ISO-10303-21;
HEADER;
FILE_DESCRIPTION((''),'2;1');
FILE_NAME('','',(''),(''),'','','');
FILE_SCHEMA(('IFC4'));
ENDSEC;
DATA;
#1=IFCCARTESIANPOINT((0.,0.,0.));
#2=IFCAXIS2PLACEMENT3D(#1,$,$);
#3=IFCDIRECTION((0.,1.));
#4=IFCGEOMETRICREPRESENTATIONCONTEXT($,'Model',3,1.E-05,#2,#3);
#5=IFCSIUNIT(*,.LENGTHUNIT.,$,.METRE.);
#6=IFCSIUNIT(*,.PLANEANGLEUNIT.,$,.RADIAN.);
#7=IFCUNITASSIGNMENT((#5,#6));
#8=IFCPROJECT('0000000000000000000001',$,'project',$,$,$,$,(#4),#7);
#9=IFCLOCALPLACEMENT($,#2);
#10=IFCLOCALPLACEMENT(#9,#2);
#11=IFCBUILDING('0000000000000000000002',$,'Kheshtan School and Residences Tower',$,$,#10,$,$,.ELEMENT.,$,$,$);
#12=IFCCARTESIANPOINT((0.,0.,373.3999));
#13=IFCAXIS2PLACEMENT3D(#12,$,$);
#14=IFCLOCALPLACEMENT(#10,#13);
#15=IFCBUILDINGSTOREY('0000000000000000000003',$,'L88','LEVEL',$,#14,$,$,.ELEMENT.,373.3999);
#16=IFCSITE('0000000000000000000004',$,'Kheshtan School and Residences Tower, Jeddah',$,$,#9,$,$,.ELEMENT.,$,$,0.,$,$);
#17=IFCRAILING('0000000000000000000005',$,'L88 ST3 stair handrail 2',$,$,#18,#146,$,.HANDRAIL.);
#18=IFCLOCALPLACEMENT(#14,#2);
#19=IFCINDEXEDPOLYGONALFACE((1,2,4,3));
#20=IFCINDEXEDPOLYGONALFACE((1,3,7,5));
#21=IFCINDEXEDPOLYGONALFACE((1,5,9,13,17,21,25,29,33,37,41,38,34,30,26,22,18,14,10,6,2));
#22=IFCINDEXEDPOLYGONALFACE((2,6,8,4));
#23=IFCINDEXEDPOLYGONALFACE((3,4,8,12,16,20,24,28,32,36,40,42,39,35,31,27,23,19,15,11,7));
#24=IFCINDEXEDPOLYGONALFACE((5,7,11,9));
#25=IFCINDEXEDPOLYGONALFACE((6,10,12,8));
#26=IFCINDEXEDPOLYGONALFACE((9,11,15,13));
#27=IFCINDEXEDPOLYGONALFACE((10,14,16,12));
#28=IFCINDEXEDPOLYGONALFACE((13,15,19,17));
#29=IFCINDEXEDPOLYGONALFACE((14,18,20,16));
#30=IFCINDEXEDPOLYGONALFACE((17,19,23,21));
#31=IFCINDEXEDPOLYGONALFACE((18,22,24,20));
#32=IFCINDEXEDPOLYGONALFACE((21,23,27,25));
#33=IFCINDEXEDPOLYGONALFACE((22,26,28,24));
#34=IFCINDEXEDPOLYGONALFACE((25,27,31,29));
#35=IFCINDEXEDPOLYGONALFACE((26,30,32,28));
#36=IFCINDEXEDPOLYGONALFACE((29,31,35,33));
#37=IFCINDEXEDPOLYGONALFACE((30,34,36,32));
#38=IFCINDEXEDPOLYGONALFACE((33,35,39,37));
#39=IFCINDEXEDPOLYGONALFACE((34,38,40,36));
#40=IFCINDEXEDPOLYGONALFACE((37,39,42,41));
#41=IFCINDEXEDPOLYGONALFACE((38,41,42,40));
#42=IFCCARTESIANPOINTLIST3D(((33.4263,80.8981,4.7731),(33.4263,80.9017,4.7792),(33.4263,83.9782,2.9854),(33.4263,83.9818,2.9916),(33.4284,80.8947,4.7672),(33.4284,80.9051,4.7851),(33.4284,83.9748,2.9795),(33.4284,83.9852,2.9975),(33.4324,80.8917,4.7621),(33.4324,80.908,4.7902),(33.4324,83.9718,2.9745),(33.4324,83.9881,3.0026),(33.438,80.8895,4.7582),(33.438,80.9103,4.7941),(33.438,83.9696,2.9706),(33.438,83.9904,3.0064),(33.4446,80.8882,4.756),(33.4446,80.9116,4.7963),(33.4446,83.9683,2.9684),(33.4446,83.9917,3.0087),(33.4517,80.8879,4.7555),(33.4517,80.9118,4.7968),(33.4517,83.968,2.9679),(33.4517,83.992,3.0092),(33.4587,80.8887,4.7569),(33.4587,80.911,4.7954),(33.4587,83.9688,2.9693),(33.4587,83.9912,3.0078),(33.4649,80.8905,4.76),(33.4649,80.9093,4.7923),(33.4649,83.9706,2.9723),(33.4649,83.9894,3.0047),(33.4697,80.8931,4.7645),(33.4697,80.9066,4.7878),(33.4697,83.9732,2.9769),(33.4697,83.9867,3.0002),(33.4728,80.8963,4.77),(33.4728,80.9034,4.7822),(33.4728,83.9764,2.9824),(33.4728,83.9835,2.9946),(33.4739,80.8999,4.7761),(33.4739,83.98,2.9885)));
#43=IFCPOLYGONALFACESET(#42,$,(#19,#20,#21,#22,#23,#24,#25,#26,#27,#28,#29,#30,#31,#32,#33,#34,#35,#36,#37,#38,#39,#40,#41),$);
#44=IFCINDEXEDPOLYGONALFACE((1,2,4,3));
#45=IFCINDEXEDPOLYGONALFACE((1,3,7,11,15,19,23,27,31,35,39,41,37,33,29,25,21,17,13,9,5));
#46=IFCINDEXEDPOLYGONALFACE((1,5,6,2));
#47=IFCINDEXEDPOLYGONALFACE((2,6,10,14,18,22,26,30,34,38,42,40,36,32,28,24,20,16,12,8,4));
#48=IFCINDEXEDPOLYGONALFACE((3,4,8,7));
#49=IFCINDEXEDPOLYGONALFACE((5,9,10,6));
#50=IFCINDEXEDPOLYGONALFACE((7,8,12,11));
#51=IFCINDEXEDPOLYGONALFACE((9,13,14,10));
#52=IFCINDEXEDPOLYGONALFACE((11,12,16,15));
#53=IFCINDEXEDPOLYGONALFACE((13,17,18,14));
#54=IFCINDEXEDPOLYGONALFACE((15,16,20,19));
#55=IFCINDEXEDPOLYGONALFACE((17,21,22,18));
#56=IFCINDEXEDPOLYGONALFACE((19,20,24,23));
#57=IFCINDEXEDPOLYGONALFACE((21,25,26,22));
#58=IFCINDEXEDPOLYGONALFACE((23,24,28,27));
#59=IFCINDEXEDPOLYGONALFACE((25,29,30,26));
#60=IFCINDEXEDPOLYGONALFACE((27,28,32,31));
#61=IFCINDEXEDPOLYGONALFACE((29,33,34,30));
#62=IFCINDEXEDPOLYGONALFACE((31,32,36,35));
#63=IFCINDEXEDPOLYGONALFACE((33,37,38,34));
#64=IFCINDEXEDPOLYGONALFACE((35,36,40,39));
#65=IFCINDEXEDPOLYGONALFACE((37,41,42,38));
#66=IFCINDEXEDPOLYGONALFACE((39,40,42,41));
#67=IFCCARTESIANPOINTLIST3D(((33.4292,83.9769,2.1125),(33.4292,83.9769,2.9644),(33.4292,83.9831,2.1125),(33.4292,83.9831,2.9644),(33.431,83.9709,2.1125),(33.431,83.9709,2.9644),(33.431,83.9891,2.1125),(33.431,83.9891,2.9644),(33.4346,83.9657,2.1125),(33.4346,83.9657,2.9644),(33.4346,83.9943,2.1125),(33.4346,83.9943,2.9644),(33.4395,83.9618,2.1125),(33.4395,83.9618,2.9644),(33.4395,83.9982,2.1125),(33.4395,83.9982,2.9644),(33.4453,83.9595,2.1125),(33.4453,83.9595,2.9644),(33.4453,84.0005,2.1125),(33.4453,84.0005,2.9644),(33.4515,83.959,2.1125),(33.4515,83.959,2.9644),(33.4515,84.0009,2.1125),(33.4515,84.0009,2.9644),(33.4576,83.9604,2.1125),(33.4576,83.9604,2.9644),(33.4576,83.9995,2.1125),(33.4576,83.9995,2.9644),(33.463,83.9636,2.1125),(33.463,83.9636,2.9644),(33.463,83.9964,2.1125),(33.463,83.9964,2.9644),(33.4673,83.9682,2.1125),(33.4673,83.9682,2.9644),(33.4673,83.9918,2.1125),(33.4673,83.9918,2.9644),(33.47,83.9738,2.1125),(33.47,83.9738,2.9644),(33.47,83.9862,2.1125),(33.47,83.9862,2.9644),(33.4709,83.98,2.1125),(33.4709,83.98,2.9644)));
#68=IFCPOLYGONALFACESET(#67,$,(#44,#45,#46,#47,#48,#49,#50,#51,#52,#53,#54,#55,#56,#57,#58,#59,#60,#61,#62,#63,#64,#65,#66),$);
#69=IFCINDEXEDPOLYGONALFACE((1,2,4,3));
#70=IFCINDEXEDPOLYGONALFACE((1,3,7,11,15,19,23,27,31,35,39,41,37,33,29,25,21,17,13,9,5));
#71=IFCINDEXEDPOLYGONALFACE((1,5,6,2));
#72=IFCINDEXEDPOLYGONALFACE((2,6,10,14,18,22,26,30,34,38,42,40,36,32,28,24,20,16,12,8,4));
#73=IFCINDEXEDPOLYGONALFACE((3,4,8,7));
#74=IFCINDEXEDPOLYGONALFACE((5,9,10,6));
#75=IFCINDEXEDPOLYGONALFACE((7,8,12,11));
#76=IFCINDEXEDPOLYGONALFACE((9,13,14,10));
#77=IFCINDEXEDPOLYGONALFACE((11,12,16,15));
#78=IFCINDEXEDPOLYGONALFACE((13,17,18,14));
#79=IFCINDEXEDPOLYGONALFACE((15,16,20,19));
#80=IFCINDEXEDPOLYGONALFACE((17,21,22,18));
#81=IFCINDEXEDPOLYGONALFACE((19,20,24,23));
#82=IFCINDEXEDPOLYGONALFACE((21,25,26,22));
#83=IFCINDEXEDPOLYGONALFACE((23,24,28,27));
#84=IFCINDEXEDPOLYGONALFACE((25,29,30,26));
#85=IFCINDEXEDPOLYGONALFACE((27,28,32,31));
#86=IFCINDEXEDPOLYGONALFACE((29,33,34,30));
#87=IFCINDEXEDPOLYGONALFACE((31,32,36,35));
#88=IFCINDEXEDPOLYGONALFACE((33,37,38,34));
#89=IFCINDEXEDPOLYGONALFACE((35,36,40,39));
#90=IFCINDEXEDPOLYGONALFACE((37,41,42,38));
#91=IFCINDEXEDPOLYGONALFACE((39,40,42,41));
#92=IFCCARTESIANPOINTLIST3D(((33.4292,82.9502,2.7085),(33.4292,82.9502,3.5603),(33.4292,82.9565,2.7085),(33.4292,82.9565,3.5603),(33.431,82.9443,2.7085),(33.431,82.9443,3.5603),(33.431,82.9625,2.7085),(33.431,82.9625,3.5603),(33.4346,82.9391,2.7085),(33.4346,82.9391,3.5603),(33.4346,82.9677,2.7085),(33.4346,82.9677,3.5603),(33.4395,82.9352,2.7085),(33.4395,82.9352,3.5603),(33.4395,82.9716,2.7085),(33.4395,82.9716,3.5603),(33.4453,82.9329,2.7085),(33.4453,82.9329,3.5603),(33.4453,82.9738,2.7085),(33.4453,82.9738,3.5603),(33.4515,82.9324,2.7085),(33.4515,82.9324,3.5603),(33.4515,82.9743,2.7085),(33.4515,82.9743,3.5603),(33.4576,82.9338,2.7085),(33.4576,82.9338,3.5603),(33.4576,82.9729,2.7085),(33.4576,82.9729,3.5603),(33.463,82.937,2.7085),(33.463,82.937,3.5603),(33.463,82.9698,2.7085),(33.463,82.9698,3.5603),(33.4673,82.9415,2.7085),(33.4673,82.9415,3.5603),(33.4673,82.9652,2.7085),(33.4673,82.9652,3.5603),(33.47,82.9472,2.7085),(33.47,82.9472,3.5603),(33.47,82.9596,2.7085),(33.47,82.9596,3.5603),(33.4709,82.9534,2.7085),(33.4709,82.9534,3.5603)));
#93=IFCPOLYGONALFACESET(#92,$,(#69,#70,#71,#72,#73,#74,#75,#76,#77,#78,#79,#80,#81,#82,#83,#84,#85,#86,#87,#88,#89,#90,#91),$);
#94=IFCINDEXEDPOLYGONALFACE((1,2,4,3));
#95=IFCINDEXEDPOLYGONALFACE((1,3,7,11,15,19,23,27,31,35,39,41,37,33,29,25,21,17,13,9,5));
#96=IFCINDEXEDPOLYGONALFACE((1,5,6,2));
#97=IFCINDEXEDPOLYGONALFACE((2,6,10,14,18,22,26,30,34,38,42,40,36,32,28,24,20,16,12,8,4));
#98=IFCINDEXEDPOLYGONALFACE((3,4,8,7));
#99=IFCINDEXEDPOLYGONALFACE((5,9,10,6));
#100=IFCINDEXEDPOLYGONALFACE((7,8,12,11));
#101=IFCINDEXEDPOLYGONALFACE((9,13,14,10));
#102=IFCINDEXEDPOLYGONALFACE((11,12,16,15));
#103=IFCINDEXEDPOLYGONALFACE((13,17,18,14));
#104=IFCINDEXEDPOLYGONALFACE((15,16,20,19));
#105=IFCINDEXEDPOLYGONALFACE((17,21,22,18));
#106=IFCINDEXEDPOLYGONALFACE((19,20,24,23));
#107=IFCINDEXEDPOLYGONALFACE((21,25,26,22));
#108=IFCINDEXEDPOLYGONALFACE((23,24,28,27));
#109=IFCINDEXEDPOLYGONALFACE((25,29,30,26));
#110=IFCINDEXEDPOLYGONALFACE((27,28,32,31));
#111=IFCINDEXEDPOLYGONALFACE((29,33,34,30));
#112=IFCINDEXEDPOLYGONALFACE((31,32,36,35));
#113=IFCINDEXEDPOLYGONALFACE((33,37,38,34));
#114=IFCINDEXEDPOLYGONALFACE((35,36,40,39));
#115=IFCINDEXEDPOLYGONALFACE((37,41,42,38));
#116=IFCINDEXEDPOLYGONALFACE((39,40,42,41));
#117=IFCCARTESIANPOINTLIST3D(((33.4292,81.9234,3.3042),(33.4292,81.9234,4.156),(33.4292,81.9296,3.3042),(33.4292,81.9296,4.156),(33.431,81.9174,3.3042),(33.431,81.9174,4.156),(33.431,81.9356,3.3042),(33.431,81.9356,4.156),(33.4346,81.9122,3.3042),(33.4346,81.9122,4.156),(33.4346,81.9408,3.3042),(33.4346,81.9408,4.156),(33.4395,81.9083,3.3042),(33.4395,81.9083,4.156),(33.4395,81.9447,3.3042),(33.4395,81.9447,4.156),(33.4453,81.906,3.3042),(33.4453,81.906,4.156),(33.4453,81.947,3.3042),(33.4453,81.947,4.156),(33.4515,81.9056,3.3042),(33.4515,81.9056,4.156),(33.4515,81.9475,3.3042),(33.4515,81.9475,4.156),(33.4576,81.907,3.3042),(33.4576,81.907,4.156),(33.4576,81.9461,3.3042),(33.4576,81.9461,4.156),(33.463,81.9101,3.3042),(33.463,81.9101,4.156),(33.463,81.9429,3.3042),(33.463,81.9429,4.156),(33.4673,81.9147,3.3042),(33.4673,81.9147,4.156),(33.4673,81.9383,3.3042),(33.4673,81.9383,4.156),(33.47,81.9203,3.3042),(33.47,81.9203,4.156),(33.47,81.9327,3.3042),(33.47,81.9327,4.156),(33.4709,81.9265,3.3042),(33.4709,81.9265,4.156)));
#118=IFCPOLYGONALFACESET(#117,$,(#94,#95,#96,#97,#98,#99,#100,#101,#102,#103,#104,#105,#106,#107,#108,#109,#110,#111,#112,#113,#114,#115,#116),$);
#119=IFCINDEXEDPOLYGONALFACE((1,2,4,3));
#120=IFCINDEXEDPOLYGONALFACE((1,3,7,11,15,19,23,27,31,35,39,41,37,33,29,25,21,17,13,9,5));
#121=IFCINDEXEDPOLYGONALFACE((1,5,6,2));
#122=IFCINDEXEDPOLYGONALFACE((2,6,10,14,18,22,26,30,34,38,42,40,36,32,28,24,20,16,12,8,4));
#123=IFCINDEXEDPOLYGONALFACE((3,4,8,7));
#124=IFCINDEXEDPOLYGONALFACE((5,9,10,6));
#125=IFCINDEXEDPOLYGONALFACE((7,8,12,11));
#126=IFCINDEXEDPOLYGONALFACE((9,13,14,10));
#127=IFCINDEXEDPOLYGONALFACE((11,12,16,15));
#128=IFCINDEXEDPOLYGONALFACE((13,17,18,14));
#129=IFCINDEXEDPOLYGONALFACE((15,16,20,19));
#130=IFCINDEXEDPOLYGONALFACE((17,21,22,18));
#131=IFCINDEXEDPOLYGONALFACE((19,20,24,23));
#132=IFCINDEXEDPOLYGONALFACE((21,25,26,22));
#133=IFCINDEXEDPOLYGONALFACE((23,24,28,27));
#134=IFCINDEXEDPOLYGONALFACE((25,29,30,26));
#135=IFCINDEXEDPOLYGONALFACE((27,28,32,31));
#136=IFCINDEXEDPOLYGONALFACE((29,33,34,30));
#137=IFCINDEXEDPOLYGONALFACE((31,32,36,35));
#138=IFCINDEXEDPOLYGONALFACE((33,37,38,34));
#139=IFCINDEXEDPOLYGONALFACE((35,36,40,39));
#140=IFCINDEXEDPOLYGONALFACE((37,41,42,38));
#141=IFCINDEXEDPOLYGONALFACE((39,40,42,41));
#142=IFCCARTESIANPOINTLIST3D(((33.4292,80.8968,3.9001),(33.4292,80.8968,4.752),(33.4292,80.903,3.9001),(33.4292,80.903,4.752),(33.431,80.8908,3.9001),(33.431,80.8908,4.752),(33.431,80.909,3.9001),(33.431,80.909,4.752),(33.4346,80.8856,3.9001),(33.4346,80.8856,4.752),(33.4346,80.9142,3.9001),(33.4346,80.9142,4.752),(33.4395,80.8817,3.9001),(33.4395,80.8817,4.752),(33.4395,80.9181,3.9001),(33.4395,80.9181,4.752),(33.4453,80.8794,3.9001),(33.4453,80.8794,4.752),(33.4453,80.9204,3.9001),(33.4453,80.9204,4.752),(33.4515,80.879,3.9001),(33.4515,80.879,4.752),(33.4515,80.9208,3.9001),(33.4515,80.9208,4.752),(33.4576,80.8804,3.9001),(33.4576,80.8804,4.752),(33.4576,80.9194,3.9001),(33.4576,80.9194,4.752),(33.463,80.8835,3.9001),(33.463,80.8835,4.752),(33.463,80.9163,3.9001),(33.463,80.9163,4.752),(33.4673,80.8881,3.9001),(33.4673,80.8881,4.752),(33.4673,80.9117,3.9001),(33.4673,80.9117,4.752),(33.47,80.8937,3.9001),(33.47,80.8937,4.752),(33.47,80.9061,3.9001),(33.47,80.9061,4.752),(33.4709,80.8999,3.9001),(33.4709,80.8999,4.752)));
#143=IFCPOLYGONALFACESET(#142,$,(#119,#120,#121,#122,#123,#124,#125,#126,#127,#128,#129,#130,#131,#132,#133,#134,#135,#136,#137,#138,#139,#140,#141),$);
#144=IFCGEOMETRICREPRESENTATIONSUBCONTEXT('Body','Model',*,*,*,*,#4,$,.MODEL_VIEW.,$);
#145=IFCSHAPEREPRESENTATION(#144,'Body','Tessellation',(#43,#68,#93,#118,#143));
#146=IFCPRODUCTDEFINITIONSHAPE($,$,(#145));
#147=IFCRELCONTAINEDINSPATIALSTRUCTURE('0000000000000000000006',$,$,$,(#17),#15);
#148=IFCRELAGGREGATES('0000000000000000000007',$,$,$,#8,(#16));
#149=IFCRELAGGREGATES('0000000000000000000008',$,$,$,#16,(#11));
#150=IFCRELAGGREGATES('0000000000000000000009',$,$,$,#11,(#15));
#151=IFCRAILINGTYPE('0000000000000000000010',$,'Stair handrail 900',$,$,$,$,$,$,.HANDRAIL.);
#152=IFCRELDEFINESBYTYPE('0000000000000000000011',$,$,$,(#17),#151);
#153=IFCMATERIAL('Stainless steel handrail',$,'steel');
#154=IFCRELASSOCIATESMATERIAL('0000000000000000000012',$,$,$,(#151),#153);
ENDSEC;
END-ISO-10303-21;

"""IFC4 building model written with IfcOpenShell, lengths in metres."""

from ifc_helpers import new_model, si_unit, direction, frame, origin, origin_2d, place, context, subcontext, project, spatial, circle, extrude, material, type_object, element, save


model = new_model("IFC4")

# Units and contexts
model_context = context("Model", 3, precision=1e-05, world=origin(), true_north=direction((0.0, 1.0)))
body_context = subcontext(model_context, "Body", "Model", "MODEL_VIEW")
ifc_project = project(units=[si_unit("LENGTHUNIT", "METRE"), si_unit("PLANEANGLEUNIT", "RADIAN")], contexts=[model_context])

# Site, building, storey
site_placement = place(None, origin())
site = spatial("IfcSite", under=ifc_project, at=site_placement, Name="Kheshtan School and Residences Tower, Jeddah", CompositionType="ELEMENT", RefElevation=0.0)
building_placement = place(site_placement, origin())
building = spatial("IfcBuilding", under=site, at=building_placement, Name="Kheshtan School and Residences Tower", CompositionType="ELEMENT")
storey_placement = place(building_placement, frame((0.0, 0.0, 373.3999)))
storey = spatial("IfcBuildingStorey", under=building, at=storey_placement, Name="L88", Description="LEVEL", CompositionType="ELEMENT", Elevation=373.3999)

# Railing
ifc_material_1 = material(Name="Stainless steel handrail", Category="steel")
railing_type_1 = type_object("IfcRailingType", Name="Stair handrail 900", PredefinedType="HANDRAIL", material=ifc_material_1)
railing_1_placement = place(storey_placement, frame((33.45, 83.98, 2.1125)))
element("IfcRailing", 1, at=railing_1_placement, inside=storey, type_object=railing_type_1, Name="L88 ST3 stair handrail 2", PredefinedType="HANDRAIL", context=body_context, shape_type="SweptSolid", body=[
    extrude(circle(Radius=0.0239, at=origin_2d()), frame((0.0, 0.0, 0.876), z_axis=(0.0, -0.864891, 0.50196), x_axis=(1.0, 0.0, 0.0)), (0.0, 0.0, 1.0), 3.5613),
    extrude(circle(Radius=0.021, at=origin_2d()), origin(), (0.0, 0.0, 1.0), 0.8518),
    extrude(circle(Radius=0.021, at=origin_2d()), frame((0.0, -1.0266, 0.5959)), (0.0, 0.0, 1.0), 0.8518),
    extrude(circle(Radius=0.021, at=origin_2d()), frame((0.0, -2.0535, 1.1917)), (0.0, 0.0, 1.0), 0.8518),
    extrude(circle(Radius=0.021, at=origin_2d()), frame((0.0, -3.0801, 1.7876)), (0.0, 0.0, 1.0), 0.8518),
])

save(model, "model.ifc")
